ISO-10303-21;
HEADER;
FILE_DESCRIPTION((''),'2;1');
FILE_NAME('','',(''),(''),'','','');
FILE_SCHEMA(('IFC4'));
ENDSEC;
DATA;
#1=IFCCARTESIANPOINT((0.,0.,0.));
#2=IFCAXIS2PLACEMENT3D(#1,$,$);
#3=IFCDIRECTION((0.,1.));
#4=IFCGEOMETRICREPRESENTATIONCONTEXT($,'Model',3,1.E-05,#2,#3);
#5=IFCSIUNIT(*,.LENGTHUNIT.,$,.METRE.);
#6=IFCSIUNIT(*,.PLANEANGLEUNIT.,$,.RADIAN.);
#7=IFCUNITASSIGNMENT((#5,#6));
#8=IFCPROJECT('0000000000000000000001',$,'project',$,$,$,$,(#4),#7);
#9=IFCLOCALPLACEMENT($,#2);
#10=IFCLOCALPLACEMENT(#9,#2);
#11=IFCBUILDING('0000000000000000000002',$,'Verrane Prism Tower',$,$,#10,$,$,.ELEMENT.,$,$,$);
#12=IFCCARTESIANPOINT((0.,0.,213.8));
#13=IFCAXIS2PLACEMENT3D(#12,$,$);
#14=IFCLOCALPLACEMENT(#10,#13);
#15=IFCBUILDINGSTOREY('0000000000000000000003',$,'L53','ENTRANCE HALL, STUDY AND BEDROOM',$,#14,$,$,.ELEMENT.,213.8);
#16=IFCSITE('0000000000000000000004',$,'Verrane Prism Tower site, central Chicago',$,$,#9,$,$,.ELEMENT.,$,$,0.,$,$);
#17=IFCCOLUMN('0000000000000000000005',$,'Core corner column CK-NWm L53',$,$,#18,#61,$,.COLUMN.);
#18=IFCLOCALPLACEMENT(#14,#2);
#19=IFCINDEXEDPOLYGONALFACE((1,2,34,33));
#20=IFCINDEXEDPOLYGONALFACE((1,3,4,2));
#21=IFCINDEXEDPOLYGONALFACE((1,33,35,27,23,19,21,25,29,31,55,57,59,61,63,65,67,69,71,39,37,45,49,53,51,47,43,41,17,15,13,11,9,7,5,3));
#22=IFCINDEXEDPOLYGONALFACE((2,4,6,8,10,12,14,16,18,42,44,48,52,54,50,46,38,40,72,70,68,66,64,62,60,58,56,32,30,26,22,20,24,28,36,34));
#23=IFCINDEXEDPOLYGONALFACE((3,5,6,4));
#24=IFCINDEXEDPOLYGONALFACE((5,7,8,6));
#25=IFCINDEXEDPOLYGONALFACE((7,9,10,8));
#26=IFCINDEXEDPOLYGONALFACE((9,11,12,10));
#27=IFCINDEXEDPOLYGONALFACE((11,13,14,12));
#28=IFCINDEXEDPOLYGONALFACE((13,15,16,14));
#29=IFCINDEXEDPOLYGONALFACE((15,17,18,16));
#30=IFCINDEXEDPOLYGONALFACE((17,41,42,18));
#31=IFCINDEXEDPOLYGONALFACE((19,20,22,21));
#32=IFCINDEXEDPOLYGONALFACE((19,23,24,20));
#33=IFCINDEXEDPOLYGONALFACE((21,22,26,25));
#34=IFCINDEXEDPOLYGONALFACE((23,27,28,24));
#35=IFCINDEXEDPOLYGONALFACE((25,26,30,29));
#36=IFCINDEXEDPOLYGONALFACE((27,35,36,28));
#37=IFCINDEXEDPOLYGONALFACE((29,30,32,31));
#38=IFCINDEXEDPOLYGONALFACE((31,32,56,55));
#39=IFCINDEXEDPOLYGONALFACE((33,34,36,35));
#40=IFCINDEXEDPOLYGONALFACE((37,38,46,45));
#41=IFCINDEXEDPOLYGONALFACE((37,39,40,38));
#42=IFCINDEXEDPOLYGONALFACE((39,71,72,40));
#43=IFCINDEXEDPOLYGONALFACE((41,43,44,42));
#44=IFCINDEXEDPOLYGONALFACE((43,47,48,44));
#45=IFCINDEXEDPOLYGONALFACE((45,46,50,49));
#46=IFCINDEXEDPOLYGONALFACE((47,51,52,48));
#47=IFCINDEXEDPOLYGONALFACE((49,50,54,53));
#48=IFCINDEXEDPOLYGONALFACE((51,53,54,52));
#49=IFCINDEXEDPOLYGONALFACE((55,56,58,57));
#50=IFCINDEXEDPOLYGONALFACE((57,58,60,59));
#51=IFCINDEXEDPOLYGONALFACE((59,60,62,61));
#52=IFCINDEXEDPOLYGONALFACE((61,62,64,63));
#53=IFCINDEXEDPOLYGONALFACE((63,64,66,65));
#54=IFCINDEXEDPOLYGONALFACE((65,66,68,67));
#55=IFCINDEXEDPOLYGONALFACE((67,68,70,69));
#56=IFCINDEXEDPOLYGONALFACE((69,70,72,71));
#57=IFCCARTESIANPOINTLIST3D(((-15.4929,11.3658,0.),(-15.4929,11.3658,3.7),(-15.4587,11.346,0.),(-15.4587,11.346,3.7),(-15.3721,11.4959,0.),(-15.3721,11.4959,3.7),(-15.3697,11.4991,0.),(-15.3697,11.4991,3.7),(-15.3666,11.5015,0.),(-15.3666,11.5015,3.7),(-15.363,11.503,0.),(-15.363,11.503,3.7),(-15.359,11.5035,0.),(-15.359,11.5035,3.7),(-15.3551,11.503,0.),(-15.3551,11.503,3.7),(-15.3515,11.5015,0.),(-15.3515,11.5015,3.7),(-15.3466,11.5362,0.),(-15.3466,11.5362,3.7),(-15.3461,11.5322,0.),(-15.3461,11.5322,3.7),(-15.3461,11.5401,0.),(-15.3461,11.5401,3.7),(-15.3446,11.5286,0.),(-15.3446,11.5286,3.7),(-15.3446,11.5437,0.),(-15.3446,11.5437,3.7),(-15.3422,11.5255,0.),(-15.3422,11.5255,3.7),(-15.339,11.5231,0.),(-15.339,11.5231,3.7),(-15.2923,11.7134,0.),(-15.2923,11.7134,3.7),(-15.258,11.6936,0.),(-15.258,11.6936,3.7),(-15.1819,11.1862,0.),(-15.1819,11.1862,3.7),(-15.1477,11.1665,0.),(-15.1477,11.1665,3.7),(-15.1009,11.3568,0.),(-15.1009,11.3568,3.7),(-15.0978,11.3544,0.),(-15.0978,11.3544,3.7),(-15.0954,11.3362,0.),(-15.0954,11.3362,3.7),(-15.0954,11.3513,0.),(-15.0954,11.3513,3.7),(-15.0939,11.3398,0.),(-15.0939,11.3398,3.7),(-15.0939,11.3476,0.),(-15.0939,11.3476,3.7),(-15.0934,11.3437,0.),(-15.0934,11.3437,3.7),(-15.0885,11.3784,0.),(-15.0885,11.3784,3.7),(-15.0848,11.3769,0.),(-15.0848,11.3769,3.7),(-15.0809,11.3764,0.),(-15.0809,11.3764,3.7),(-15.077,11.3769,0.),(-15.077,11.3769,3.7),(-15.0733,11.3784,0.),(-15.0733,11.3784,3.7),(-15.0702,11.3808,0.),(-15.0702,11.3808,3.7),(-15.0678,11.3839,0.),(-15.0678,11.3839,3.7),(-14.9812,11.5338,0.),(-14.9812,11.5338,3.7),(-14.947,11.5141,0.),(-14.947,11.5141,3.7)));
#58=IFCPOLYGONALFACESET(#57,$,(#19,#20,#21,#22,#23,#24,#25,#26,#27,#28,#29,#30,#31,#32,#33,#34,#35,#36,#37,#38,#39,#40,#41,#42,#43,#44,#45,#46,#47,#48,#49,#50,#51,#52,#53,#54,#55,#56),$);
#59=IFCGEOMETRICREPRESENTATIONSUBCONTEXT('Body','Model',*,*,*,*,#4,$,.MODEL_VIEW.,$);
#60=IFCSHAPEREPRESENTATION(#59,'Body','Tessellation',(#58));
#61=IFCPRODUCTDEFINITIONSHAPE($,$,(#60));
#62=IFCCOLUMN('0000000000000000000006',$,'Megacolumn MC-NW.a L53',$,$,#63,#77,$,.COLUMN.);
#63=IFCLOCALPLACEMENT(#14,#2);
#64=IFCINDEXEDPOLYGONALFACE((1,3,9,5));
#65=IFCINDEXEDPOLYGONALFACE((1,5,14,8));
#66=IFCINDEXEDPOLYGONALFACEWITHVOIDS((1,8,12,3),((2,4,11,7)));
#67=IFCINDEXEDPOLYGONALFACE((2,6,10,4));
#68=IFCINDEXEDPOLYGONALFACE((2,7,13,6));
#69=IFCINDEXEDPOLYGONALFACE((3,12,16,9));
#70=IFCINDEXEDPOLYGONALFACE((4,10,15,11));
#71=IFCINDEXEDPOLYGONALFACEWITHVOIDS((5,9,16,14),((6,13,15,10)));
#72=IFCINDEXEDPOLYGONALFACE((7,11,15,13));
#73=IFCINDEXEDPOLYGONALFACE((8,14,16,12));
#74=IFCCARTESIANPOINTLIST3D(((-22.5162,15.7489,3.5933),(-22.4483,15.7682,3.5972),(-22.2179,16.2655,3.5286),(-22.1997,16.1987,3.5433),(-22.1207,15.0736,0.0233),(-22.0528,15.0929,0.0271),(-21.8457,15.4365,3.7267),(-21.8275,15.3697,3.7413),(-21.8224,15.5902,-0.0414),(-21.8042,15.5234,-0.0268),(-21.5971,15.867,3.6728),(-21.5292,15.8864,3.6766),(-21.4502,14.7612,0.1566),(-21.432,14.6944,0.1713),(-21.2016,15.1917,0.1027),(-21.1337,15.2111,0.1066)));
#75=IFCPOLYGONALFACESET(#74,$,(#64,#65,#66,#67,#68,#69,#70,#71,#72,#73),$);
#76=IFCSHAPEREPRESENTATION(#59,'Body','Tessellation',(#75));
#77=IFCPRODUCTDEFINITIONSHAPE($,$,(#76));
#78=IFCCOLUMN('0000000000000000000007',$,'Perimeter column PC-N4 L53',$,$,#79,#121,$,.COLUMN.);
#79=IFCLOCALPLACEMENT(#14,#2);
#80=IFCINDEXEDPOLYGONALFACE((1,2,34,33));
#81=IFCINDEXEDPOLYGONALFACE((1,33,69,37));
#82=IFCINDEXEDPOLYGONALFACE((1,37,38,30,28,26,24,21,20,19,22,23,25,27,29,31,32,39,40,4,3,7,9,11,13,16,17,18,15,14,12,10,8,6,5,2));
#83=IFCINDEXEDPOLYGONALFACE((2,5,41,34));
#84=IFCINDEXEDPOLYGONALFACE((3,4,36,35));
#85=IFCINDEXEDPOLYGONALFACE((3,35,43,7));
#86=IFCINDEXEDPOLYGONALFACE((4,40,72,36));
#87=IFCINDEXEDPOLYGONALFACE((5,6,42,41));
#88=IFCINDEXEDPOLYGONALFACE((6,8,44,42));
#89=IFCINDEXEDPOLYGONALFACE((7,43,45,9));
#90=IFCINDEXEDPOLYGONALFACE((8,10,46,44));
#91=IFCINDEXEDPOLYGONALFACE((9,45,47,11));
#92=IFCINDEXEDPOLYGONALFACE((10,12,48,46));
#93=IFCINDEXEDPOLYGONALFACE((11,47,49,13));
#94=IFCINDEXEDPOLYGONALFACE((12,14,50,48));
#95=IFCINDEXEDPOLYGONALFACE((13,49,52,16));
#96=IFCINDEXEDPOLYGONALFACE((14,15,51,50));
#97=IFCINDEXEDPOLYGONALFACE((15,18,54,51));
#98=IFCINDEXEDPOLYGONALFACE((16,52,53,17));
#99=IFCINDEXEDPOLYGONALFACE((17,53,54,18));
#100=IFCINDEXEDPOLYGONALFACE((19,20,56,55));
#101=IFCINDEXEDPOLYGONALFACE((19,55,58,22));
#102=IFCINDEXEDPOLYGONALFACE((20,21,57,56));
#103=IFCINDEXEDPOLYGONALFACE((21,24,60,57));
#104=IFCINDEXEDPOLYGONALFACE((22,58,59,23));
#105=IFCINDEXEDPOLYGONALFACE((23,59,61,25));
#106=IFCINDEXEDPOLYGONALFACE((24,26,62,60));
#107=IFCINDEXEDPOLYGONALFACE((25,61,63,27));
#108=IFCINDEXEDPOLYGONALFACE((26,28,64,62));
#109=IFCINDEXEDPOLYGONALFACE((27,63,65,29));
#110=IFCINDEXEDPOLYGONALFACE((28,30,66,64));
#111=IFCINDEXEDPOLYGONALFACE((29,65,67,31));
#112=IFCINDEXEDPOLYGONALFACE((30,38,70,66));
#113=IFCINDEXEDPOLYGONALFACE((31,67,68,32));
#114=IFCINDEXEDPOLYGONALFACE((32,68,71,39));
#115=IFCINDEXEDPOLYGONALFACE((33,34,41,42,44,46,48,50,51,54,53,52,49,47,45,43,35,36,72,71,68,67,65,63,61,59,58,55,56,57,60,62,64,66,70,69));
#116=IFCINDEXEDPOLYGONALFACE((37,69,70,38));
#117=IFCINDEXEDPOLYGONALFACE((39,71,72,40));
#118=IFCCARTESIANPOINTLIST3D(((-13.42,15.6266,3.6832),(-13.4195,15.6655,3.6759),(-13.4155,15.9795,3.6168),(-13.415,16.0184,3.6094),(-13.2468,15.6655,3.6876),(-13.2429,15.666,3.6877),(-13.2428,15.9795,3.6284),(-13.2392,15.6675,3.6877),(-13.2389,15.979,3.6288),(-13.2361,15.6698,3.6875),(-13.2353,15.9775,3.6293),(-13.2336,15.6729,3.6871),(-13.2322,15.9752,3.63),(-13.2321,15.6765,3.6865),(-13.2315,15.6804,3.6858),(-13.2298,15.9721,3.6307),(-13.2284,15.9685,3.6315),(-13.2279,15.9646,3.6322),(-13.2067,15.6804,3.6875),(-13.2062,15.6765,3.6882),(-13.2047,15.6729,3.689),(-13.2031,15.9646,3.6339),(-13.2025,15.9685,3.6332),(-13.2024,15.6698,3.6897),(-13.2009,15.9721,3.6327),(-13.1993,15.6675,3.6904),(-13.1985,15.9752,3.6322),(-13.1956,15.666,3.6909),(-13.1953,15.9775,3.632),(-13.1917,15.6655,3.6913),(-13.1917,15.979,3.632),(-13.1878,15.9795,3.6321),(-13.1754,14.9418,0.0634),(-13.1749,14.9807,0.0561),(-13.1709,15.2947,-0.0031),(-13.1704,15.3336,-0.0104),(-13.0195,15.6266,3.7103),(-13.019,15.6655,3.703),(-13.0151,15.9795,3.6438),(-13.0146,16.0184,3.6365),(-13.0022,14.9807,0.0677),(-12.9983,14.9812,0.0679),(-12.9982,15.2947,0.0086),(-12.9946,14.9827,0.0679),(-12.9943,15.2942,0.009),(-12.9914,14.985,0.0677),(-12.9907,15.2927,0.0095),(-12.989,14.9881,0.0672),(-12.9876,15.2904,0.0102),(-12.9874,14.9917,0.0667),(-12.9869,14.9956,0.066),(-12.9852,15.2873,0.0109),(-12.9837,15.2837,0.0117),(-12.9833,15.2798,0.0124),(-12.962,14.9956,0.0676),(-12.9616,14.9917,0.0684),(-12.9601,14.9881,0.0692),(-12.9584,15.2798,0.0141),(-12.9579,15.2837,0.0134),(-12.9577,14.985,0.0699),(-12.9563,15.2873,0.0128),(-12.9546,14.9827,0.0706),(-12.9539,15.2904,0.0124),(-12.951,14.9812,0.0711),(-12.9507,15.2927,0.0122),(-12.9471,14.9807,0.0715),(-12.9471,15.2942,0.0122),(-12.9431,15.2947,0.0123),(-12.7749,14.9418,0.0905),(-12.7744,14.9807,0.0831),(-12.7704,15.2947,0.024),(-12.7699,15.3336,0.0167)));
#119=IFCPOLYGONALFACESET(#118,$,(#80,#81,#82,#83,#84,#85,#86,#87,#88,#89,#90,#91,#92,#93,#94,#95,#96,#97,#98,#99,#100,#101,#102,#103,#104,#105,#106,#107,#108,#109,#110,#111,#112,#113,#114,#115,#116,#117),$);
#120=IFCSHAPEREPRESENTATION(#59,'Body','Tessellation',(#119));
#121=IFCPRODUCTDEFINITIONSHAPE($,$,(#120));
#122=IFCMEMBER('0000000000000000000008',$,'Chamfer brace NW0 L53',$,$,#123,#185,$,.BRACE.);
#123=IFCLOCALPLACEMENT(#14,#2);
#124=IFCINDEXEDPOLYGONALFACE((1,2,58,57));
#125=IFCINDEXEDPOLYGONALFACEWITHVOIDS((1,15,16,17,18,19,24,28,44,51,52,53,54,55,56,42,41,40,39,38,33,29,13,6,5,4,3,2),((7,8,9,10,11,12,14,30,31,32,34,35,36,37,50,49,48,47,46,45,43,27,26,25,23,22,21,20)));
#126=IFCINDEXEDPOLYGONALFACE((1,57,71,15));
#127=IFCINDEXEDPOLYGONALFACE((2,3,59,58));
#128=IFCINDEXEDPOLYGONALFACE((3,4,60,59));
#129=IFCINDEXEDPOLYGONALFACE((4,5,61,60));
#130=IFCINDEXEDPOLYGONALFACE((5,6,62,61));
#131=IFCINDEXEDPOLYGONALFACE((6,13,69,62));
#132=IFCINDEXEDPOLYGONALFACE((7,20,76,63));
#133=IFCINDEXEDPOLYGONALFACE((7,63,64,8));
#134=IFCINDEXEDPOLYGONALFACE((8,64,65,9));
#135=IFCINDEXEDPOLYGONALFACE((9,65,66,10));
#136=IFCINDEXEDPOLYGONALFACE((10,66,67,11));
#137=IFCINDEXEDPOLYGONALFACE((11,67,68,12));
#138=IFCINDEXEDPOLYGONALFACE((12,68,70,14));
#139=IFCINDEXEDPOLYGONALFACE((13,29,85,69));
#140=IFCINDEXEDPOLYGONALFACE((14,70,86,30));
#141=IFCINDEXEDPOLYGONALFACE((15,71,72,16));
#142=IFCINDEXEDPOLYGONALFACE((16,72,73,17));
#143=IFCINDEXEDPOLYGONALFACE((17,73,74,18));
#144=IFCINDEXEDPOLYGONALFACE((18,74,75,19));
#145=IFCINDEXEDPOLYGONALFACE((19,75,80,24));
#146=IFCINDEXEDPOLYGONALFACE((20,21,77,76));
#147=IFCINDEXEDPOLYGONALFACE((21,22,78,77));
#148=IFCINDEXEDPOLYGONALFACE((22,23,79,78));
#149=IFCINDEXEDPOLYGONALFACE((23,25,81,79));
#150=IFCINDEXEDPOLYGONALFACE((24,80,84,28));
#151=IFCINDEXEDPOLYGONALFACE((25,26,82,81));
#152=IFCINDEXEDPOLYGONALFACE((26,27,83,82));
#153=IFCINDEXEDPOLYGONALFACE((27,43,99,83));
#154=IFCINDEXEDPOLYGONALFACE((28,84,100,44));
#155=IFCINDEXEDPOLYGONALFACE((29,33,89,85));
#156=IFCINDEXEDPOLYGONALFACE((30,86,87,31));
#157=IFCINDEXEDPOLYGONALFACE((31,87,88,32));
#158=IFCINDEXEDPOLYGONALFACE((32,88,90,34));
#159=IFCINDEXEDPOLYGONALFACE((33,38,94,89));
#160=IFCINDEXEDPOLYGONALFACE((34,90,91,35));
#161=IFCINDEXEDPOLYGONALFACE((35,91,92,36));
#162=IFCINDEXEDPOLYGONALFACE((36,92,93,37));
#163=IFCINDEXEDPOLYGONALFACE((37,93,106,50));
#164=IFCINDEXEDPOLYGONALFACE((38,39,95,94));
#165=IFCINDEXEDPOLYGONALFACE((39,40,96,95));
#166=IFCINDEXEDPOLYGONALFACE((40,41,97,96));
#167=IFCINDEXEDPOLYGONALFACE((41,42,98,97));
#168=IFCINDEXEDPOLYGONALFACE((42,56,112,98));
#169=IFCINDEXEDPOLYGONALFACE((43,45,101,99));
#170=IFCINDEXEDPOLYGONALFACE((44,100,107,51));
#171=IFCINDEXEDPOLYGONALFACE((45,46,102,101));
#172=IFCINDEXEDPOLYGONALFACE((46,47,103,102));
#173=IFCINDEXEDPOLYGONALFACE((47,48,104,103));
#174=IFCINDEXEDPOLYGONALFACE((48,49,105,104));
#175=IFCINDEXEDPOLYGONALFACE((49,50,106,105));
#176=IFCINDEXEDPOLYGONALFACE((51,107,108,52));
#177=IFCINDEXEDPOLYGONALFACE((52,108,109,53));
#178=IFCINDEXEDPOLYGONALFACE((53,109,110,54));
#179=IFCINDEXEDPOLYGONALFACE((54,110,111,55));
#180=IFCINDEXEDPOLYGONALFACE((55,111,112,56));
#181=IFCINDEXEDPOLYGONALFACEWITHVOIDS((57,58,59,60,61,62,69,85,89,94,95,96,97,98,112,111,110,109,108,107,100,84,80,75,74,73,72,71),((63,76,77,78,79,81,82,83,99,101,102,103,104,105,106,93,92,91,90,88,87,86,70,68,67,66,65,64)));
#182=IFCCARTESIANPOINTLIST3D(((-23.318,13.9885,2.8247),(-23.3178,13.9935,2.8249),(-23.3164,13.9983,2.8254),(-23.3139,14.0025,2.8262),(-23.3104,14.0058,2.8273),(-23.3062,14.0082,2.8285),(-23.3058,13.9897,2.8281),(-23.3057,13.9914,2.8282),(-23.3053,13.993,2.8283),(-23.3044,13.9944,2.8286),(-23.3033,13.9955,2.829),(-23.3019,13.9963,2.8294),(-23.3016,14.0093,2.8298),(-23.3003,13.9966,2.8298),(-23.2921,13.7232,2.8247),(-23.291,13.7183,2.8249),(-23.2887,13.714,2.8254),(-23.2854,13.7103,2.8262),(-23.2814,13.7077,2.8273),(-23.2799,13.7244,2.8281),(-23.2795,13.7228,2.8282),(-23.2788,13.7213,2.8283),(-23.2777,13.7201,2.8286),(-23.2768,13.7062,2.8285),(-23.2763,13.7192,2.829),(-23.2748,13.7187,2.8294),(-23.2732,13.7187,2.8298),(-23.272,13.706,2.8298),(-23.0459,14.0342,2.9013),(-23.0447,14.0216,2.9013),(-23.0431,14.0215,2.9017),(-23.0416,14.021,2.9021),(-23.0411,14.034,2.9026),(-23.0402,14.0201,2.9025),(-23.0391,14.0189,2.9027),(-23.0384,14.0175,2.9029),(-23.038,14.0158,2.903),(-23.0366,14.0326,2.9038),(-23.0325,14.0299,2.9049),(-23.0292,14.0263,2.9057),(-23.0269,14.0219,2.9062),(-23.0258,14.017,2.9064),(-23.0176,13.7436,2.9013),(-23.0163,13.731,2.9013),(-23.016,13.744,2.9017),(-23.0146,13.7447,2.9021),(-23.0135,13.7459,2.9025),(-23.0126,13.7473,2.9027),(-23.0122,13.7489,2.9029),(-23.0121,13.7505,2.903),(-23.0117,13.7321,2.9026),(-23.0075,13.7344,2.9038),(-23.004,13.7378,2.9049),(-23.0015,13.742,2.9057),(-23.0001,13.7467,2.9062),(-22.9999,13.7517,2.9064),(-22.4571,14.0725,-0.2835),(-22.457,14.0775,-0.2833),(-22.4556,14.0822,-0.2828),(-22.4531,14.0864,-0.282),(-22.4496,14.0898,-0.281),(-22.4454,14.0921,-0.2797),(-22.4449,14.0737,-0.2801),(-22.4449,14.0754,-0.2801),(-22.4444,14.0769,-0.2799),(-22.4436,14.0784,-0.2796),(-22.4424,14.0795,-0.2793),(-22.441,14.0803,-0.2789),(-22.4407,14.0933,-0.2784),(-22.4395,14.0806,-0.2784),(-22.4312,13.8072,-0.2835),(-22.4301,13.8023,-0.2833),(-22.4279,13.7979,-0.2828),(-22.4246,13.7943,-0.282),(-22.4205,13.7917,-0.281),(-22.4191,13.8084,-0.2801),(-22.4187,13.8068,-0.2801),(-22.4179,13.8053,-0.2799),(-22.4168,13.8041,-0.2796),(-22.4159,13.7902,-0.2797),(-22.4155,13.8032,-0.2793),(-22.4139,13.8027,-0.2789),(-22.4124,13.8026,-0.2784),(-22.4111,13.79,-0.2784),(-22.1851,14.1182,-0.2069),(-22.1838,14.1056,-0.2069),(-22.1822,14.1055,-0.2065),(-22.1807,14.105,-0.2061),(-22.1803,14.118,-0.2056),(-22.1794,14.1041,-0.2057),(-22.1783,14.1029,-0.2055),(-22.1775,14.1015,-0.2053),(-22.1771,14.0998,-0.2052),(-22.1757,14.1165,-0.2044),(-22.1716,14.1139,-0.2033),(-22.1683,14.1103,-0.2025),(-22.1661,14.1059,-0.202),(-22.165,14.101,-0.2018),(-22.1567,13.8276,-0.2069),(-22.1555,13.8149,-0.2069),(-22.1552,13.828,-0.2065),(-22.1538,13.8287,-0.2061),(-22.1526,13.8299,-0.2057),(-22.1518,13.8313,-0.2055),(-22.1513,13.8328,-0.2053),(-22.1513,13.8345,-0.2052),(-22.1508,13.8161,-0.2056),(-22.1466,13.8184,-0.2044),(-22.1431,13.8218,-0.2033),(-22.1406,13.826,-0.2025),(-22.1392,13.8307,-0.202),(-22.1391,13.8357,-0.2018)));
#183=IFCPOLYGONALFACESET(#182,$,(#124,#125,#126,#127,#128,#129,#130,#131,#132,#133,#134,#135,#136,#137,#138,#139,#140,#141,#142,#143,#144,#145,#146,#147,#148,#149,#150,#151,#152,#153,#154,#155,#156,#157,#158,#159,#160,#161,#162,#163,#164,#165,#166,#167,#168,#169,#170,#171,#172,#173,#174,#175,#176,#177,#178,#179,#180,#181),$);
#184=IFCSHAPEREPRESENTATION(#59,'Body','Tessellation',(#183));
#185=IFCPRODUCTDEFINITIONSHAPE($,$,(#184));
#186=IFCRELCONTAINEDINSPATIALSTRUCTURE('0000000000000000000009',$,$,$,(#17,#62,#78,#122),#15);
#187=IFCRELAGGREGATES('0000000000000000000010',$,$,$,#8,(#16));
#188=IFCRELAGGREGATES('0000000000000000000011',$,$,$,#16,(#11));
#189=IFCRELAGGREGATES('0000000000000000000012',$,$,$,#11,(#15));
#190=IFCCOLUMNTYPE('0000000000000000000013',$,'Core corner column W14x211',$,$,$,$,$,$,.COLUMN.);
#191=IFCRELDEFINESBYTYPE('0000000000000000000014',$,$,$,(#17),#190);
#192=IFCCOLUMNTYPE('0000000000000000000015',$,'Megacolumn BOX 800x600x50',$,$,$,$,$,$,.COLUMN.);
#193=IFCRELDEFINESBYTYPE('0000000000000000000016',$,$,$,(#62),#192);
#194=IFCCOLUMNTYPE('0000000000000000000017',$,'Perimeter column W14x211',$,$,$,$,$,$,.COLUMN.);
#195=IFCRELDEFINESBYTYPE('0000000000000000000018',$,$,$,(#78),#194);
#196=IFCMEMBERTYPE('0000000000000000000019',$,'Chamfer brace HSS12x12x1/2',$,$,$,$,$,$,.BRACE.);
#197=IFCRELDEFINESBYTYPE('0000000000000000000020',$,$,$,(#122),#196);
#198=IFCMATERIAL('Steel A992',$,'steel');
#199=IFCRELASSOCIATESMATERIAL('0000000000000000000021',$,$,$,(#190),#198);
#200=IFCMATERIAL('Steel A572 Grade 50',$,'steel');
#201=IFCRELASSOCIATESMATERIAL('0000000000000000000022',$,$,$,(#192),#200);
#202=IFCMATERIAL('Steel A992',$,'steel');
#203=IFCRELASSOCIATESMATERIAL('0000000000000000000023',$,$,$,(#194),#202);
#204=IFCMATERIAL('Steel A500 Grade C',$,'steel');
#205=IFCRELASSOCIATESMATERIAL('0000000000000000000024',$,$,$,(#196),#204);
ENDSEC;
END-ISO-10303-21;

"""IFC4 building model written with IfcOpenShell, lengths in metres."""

from ifc_helpers import new_model, si_unit, direction, frame, origin, origin_2d, place, context, subcontext, project, spatial, hollow_rectangle, i_section, extrude, material, material_profile, profile_set, type_object, element, save


model = new_model("IFC4")

# Units and contexts
model_context = context("Model", 3, precision=1e-05, world=origin(), true_north=direction((0.0, 1.0)))
body_context = subcontext(model_context, "Body", "Model", "MODEL_VIEW")
ifc_project = project(units=[si_unit("LENGTHUNIT", "METRE"), si_unit("PLANEANGLEUNIT", "RADIAN")], contexts=[model_context])

# Site, building, storey
site_placement = place(None, origin())
site = spatial("IfcSite", under=ifc_project, at=site_placement, Name="Verrane Prism Tower site, central Chicago", CompositionType="ELEMENT", RefElevation=0.0)
building_placement = place(site_placement, origin())
building = spatial("IfcBuilding", under=site, at=building_placement, Name="Verrane Prism Tower", CompositionType="ELEMENT")
storey_placement = place(building_placement, frame((0.0, 0.0, 213.8)))
storey = spatial("IfcBuildingStorey", under=building, at=storey_placement, Name="L53", Description="ENTRANCE HALL, STUDY AND BEDROOM", CompositionType="ELEMENT", Elevation=213.8)

# Columns
ifc_material_1 = material(Name="Steel A992", Category="steel")
ifc_material_profile_1 = material_profile(ifc_material_1, i_section(OverallWidth=0.4014, OverallDepth=0.3987, WebThickness=0.0249, FlangeThickness=0.0396, FilletRadius=0.0151, at=origin_2d()), Name="W14x211")
ifc_profile_set_1 = profile_set([ifc_material_profile_1], Name="Steel A992")
column_type_1 = type_object("IfcColumnType", Name="Core corner column W14x211", PredefinedType="COLUMN", material=ifc_profile_set_1)
column_1_placement = place(storey_placement, frame((-15.22, 11.4399, 0.0), z_axis=(0.0, 0.0, 1.0), x_axis=(0.5, 0.866025, 0.0)))
element("IfcColumn", 1, at=column_1_placement, inside=storey, type_object=column_type_1, Name="Core corner column CK-NWm L53", PredefinedType="COLUMN", context=body_context, shape_type="SweptSolid", body=[
    extrude(i_section(OverallWidth=0.4014, OverallDepth=0.3987, WebThickness=0.0249, FlangeThickness=0.0396, FilletRadius=0.0151, at=origin_2d()), origin(), (0.0, 0.0, 1.0), 3.7),
])
ifc_material_2 = material(Name="Steel A572 Grade 50", Category="steel")
ifc_material_profile_2 = material_profile(ifc_material_2, hollow_rectangle(XDim=0.6001, YDim=0.8, WallThickness=0.05, at=origin_2d()), Name="BOX 800x600x50")
ifc_profile_set_2 = profile_set([ifc_material_profile_2], Name="Steel A572 Grade 50")
column_type_2 = type_object("IfcColumnType", Name="Megacolumn BOX 800x600x50", PredefinedType="COLUMN", material=ifc_profile_set_2)
column_2_placement = place(storey_placement, frame((-21.6272, 15.1423, 0.0649), z_axis=(-0.108215, 0.184767, 0.976806), x_axis=(0.497104, 0.860971, -0.107785)))
element("IfcColumn", 2, at=column_2_placement, inside=storey, type_object=column_type_2, Name="Megacolumn MC-NW.a L53", PredefinedType="COLUMN", context=body_context, shape_type="SweptSolid", body=[
    extrude(hollow_rectangle(XDim=0.6001, YDim=0.8, WallThickness=0.05, at=origin_2d()), origin(), (0.0, 0.0, 1.0), 3.6548),
])
ifc_material_3 = material(Name="Steel A992", Category="steel")
ifc_material_profile_3 = material_profile(ifc_material_3, i_section(OverallWidth=0.4014, OverallDepth=0.3987, WebThickness=0.0249, FlangeThickness=0.0396, FilletRadius=0.0151, at=origin_2d()), Name="W14x211")
ifc_profile_set_3 = profile_set([ifc_material_profile_3], Name="Steel A992")
column_type_3 = type_object("IfcColumnType", Name="Perimeter column W14x211", PredefinedType="COLUMN", material=ifc_profile_set_3)
column_3_placement = place(storey_placement, frame((-12.9727, 15.1377, 0.04), z_axis=(-0.066256, 0.185476, 0.980413), x_axis=(0.997725, 0.000067, 0.067413)))
element("IfcColumn", 3, at=column_3_placement, inside=storey, type_object=column_type_3, Name="Perimeter column PC-N4 L53", PredefinedType="COLUMN", context=body_context, shape_type="SweptSolid", body=[
    extrude(i_section(OverallWidth=0.4014, OverallDepth=0.3987, WebThickness=0.0249, FlangeThickness=0.0396, FilletRadius=0.0151, at=origin_2d()), origin(), (0.0, 0.0, 1.0), 3.6921),
])

# Member
ifc_material_4 = material(Name="Steel A500 Grade C", Category="steel")
ifc_material_profile_4 = material_profile(ifc_material_4, hollow_rectangle(XDim=0.3047, YDim=0.3047, WallThickness=0.0127, InnerFilletRadius=0.0063, OuterFilletRadius=0.019, at=origin_2d()), Name="HSS12x12x1/2")
ifc_profile_set_4 = profile_set([ifc_material_profile_4], Name="Steel A500 Grade C")
member_type_1 = type_object("IfcMemberType", Name="Chamfer brace HSS12x12x1/2", PredefinedType="BRACE", material=ifc_profile_set_4)
member_1_placement = place(storey_placement, frame((-22.2981, 13.9541, -0.2427), z_axis=(-0.266823, -0.026032, 0.963394), x_axis=(0.0971, -0.995275, 0.0)))
element("IfcMember", 4, at=member_1_placement, inside=storey, type_object=member_type_1, Name="Chamfer brace NW0 L53", PredefinedType="BRACE", context=body_context, shape_type="SweptSolid", body=[
    extrude(hollow_rectangle(XDim=0.3047, YDim=0.3047, WallThickness=0.0127, InnerFilletRadius=0.0063, OuterFilletRadius=0.019, at=origin_2d()), origin(), (0.0, 0.0, 1.0), 3.2263),
])

save(model, "model.ifc")
